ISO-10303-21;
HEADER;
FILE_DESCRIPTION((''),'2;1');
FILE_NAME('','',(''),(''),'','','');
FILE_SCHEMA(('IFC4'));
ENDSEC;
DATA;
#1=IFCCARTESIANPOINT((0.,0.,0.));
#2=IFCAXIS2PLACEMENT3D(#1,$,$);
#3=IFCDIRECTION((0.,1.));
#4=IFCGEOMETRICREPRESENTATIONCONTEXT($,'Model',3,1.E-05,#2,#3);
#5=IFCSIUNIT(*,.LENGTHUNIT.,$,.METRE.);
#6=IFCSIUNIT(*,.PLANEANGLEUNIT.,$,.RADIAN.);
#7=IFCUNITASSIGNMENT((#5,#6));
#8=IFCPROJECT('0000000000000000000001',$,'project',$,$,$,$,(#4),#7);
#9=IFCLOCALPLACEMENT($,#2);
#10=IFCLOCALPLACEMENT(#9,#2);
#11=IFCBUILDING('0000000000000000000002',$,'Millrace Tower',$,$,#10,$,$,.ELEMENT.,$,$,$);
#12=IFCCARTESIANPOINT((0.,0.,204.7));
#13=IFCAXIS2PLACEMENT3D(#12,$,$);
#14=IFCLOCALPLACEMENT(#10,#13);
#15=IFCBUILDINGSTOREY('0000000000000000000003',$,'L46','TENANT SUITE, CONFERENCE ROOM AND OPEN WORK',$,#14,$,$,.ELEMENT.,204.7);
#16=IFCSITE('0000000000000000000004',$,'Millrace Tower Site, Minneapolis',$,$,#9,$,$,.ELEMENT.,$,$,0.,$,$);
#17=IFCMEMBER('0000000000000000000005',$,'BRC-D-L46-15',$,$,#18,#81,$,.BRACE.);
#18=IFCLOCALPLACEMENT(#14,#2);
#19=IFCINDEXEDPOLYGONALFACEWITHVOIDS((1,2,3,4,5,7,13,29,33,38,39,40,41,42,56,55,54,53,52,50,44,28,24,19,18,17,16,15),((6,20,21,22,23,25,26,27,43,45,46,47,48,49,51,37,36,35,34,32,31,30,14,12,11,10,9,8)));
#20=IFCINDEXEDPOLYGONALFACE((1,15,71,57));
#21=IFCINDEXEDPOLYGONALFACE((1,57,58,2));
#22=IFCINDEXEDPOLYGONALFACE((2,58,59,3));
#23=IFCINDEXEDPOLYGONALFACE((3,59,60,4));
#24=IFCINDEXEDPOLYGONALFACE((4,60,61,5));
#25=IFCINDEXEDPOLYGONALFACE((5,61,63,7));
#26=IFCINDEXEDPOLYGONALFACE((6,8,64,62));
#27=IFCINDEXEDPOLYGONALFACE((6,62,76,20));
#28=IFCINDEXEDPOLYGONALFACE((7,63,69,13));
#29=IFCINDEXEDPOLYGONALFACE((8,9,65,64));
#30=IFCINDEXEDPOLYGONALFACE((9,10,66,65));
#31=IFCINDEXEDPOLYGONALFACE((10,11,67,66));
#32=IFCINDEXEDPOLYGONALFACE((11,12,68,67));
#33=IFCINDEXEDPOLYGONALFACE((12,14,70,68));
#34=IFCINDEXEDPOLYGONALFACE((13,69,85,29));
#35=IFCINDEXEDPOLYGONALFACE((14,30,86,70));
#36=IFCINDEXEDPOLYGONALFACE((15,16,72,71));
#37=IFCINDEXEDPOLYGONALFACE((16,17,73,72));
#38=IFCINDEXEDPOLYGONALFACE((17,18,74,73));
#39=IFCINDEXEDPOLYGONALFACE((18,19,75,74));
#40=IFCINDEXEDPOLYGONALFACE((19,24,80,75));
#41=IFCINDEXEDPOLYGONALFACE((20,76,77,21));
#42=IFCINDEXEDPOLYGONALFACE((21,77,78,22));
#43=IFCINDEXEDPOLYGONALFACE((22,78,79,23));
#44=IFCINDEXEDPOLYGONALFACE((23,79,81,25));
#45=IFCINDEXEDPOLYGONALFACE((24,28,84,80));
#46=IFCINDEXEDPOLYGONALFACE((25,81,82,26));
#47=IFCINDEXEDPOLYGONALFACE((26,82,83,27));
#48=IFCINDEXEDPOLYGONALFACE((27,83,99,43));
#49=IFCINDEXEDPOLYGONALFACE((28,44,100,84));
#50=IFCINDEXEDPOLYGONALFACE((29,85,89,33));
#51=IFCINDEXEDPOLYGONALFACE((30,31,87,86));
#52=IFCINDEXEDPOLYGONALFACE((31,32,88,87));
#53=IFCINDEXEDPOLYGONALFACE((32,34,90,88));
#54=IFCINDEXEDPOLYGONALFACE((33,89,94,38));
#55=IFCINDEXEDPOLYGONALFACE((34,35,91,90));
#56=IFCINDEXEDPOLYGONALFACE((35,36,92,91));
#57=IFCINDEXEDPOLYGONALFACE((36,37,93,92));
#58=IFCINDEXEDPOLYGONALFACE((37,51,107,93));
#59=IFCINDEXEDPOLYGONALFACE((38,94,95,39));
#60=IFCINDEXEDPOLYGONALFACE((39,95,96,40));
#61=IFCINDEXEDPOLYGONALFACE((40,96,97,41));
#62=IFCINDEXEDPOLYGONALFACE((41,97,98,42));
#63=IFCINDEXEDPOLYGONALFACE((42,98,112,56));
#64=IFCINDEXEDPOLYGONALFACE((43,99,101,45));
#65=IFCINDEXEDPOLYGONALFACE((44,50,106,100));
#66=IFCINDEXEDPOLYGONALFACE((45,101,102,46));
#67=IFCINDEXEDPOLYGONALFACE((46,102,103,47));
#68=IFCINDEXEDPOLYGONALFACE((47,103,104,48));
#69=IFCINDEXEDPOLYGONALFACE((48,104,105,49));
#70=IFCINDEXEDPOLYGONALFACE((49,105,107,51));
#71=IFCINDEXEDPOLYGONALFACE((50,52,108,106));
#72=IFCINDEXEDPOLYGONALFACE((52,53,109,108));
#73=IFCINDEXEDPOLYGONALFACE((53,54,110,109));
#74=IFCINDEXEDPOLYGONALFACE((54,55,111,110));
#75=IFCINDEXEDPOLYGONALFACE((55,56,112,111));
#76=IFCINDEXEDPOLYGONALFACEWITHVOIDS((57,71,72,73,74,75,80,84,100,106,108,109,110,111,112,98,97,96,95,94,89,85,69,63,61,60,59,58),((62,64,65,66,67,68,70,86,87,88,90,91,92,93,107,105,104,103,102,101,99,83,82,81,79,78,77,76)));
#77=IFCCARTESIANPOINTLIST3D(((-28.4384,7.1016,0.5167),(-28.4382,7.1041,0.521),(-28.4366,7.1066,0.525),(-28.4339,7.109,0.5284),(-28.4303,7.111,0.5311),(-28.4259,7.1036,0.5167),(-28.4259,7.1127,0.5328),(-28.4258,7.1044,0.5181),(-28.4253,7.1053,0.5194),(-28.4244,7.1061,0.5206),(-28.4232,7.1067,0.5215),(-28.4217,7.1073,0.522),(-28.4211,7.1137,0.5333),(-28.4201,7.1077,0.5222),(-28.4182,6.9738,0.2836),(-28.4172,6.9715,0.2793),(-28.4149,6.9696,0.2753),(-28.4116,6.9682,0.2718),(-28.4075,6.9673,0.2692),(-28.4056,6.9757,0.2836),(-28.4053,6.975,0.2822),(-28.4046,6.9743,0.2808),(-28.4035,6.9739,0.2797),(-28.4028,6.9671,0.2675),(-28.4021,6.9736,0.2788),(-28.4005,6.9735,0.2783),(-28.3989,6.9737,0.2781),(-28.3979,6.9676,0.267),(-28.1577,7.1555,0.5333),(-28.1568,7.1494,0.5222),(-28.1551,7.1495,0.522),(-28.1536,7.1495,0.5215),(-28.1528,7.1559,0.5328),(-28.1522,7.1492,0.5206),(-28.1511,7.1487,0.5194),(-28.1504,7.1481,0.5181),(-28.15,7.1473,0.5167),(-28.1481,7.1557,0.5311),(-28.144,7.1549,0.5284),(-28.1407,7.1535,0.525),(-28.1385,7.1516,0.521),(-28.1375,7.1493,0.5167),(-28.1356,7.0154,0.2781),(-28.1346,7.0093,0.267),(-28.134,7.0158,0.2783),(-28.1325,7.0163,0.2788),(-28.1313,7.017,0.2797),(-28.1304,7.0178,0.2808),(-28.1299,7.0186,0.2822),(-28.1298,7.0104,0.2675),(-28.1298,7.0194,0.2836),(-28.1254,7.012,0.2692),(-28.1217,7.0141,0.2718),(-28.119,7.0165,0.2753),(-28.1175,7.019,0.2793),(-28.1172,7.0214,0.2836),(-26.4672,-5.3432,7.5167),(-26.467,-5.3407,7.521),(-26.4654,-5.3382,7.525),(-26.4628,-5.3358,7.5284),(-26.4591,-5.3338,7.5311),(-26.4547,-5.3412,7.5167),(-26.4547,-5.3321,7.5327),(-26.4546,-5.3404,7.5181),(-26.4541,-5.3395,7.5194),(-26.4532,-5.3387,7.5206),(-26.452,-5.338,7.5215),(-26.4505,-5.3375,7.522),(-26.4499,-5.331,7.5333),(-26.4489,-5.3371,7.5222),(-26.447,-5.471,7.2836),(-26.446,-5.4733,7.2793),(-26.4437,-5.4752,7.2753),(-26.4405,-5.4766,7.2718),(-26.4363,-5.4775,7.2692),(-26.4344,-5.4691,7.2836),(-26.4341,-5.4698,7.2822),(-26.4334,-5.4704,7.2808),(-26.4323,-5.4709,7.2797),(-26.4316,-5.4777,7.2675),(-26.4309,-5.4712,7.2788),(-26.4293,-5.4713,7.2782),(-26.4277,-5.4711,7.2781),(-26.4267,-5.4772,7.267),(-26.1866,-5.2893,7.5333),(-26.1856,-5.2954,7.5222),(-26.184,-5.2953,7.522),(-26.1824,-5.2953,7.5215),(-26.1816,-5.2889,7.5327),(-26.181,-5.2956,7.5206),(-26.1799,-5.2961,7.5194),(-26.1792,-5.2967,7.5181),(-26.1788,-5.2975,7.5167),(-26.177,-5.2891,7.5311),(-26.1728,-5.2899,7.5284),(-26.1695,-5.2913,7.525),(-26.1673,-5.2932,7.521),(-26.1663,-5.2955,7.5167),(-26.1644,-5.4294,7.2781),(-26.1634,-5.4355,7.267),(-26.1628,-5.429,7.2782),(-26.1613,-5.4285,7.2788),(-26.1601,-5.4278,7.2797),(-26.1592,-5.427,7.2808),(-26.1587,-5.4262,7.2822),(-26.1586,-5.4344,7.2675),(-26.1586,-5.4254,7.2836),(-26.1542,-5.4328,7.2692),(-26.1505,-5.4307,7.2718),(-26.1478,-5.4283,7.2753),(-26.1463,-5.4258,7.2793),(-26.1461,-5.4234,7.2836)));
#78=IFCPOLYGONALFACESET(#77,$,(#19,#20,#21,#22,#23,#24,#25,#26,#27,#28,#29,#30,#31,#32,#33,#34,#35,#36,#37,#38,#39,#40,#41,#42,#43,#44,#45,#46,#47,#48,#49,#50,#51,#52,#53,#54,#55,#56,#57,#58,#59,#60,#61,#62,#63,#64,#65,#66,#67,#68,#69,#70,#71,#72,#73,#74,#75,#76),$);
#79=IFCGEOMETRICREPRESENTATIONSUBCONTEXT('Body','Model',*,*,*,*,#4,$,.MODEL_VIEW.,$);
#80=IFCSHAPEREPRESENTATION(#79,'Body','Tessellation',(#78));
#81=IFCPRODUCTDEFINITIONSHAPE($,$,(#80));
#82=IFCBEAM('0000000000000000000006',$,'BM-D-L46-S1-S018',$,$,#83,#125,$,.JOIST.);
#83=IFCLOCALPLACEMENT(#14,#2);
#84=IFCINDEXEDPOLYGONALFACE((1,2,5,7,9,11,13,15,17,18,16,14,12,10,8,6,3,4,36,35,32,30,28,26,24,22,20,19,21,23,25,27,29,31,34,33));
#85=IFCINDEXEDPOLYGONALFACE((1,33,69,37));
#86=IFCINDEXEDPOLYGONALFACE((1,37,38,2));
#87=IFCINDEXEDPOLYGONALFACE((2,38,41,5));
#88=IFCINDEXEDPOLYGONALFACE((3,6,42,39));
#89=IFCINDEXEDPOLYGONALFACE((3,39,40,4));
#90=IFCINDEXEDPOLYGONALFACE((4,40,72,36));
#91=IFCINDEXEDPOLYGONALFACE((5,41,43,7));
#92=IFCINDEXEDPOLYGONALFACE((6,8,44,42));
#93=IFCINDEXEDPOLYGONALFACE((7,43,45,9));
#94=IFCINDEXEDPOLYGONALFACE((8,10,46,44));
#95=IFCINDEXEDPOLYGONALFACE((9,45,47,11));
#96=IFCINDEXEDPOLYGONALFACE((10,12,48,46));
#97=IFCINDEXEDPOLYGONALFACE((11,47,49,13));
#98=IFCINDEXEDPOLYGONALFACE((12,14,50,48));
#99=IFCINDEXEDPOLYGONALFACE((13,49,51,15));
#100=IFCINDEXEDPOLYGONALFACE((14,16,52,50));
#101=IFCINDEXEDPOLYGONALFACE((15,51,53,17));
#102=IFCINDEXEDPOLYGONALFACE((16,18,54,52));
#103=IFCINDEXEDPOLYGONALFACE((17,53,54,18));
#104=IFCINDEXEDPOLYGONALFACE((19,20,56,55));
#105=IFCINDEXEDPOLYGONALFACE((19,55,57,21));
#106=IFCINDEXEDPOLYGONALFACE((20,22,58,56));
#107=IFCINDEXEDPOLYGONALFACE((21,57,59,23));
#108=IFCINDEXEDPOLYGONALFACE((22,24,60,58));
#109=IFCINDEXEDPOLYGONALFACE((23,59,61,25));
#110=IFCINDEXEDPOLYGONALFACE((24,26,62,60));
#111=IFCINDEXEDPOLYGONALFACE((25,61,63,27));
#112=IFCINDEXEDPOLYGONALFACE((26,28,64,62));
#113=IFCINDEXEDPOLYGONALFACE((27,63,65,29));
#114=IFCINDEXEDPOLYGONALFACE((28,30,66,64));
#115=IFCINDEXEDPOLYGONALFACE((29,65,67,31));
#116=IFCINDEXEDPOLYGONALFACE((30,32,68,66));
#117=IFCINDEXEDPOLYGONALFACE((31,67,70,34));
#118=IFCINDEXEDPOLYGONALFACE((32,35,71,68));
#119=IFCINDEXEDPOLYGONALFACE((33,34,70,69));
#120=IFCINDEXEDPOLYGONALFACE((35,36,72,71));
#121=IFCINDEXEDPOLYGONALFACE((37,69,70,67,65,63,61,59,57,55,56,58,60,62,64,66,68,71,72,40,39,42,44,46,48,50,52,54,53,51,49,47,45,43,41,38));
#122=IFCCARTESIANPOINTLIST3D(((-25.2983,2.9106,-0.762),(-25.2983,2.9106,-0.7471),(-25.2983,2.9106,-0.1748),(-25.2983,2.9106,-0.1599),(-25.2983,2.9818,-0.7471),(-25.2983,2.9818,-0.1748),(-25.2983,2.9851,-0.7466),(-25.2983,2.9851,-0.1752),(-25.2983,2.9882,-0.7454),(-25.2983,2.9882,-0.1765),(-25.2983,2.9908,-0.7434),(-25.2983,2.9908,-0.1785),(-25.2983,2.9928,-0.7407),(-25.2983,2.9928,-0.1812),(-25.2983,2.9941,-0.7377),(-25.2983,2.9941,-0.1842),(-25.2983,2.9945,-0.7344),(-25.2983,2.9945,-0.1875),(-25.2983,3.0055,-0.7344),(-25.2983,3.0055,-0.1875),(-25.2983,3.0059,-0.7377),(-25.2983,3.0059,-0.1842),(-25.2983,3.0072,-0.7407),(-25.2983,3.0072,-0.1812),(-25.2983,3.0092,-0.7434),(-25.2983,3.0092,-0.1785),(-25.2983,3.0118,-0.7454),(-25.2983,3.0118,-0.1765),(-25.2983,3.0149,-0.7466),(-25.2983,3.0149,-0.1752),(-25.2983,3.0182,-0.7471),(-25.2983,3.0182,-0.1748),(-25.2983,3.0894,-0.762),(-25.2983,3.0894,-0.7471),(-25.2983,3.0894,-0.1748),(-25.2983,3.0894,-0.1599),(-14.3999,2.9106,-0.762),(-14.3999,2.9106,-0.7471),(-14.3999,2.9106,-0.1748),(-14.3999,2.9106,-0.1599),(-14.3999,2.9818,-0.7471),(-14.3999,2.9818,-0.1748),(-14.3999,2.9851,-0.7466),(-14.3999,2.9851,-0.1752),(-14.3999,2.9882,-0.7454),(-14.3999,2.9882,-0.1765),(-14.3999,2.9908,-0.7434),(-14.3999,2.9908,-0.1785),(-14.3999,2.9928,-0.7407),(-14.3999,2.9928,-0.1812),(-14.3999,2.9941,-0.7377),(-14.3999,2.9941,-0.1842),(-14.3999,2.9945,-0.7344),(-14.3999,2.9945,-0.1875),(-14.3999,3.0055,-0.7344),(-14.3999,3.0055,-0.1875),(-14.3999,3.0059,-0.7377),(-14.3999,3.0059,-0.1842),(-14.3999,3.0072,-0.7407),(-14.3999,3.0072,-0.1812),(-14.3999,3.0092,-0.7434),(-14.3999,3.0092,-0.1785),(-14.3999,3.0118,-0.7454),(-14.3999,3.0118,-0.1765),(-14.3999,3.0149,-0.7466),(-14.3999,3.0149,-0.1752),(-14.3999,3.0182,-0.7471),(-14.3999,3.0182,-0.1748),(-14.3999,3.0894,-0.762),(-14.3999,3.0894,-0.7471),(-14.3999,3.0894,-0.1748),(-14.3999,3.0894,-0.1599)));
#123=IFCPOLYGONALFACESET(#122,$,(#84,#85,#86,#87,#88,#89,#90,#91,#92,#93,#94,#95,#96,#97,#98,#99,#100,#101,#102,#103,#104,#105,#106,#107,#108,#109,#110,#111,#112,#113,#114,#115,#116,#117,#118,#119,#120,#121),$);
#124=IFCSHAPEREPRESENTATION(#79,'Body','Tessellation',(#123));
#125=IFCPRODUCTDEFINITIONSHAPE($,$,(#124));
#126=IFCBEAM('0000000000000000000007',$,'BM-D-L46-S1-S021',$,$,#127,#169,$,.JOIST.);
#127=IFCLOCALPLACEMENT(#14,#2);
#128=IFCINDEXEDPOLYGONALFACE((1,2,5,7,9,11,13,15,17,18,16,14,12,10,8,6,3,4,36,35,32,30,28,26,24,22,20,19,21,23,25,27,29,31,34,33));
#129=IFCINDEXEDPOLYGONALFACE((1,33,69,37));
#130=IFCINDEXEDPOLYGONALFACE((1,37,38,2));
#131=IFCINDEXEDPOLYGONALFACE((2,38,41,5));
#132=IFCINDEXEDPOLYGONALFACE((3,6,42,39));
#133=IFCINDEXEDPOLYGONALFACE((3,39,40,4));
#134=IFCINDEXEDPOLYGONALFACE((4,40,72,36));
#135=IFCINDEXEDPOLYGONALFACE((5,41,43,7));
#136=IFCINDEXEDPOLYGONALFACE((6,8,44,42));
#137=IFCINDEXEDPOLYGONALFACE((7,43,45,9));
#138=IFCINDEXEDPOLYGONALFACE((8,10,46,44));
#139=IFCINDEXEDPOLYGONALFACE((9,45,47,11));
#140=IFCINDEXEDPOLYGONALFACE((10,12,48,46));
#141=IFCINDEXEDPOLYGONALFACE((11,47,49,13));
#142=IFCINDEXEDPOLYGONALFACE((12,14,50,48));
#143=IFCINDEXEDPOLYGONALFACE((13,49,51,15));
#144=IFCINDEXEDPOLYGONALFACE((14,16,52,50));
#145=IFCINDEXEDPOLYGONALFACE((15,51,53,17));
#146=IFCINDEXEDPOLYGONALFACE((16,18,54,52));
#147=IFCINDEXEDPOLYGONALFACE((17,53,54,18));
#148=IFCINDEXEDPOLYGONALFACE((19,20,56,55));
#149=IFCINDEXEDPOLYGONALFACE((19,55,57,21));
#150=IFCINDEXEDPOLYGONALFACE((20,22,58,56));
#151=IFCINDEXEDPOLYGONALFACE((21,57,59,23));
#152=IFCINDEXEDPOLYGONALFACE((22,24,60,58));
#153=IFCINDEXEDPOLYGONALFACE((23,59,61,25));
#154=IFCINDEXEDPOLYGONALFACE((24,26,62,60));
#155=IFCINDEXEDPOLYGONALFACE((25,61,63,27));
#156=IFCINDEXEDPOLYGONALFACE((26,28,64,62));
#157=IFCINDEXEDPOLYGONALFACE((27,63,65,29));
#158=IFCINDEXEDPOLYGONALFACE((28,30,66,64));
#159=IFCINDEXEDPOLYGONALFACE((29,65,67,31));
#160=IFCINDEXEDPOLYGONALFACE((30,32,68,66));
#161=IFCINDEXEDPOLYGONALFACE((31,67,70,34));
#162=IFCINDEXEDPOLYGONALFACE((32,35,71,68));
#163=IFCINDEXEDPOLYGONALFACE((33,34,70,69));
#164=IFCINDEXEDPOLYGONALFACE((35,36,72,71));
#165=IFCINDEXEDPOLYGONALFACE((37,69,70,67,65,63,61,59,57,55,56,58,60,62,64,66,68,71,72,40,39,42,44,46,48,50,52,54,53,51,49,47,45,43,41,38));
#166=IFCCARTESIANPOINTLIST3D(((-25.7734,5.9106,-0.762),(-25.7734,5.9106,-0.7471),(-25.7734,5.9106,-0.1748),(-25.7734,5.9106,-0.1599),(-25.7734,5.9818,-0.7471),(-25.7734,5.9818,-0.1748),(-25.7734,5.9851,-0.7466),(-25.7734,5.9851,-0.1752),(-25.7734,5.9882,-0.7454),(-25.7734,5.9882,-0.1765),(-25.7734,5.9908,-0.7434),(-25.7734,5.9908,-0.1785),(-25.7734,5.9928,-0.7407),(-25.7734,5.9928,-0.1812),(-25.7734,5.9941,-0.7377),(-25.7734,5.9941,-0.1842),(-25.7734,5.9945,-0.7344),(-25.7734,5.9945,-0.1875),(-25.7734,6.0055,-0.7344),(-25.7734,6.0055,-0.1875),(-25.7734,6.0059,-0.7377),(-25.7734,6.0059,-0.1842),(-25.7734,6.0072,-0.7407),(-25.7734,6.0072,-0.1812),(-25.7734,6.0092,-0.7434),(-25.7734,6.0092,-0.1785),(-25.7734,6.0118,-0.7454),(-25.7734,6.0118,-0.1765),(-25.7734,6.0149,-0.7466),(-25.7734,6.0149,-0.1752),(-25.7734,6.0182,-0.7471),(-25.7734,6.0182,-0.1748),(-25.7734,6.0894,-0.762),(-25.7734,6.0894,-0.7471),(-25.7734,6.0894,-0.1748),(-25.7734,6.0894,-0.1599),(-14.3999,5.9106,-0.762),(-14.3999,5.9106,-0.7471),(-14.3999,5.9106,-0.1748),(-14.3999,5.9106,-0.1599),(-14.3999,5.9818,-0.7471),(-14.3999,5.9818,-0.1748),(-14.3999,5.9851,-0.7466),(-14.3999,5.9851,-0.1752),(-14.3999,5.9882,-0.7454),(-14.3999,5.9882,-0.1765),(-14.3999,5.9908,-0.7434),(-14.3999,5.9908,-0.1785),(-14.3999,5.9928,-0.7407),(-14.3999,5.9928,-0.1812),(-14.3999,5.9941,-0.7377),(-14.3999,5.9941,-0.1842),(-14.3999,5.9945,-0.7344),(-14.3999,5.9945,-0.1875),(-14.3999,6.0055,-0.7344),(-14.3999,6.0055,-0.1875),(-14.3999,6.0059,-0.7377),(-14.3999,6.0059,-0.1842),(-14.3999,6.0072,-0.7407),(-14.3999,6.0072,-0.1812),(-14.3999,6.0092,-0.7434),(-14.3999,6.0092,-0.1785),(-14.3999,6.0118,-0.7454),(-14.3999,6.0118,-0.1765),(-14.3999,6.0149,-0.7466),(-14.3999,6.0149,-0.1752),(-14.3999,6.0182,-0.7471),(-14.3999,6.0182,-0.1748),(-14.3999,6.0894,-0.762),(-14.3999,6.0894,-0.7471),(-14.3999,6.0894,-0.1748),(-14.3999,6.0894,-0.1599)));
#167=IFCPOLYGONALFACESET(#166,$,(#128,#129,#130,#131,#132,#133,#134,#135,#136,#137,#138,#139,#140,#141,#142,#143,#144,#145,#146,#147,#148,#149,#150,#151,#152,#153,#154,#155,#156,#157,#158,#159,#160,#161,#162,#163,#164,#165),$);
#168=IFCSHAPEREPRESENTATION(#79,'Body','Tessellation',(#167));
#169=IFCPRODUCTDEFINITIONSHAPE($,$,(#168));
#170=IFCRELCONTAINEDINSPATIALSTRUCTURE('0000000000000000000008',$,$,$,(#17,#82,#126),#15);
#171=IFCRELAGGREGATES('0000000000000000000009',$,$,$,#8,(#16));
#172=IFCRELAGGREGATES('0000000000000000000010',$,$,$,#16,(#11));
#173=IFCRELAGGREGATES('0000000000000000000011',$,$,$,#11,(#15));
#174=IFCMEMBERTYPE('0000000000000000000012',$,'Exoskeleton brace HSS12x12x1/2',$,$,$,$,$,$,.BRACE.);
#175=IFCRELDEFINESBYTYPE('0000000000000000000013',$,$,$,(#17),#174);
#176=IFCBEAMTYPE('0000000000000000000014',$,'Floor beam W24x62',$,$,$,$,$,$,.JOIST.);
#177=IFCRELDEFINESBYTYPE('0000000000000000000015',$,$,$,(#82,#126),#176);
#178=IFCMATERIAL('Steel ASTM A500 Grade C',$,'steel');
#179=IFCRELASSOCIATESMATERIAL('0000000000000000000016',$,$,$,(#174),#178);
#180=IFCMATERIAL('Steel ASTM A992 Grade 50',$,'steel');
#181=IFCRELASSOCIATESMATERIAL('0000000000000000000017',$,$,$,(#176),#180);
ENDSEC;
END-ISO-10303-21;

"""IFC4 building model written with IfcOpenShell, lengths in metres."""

from ifc_helpers import new_model, si_unit, direction, frame, origin, origin_2d, place, context, subcontext, project, spatial, hollow_rectangle, i_section, extrude, material, material_profile, profile_set, type_object, element, save


model = new_model("IFC4")

# Units and contexts
model_context = context("Model", 3, precision=1e-05, world=origin(), true_north=direction((0.0, 1.0)))
body_context = subcontext(model_context, "Body", "Model", "MODEL_VIEW")
ifc_project = project(units=[si_unit("LENGTHUNIT", "METRE"), si_unit("PLANEANGLEUNIT", "RADIAN")], contexts=[model_context])

# Site, building, storey
site_placement = place(None, origin())
site = spatial("IfcSite", under=ifc_project, at=site_placement, Name="Millrace Tower Site, Minneapolis", CompositionType="ELEMENT", RefElevation=0.0)
building_placement = place(site_placement, origin())
building = spatial("IfcBuilding", under=site, at=building_placement, Name="Millrace Tower", CompositionType="ELEMENT")
storey_placement = place(building_placement, frame((0.0, 0.0, 204.7)))
storey = spatial("IfcBuildingStorey", under=building, at=storey_placement, Name="L46", Description="TENANT SUITE, CONFERENCE ROOM AND OPEN WORK", CompositionType="ELEMENT", Elevation=204.7)

# Member
ifc_material_1 = material(Name="Steel ASTM A500 Grade C", Category="steel")
ifc_material_profile_1 = material_profile(ifc_material_1, hollow_rectangle(XDim=0.3047, YDim=0.3047, WallThickness=0.0127, InnerFilletRadius=0.0063, OuterFilletRadius=0.019, at=origin_2d()))
ifc_profile_set_1 = profile_set([ifc_material_profile_1], Name="Steel ASTM A500 Grade C")
member_type_1 = type_object("IfcMemberType", Name="Exoskeleton brace HSS12x12x1/2", PredefinedType="BRACE", material=ifc_profile_set_1)
member_1_placement = place(storey_placement, frame((-28.2778, 7.0615, 0.4001), z_axis=(0.136757, -0.863393, 0.485644), x_axis=(0.987687, 0.156444, 0.0)))
element("IfcMember", 1, at=member_1_placement, inside=storey, type_object=member_type_1, Name="BRC-D-L46-15", PredefinedType="BRACE", context=body_context, shape_type="SweptSolid", body=[
    extrude(hollow_rectangle(XDim=0.3047, YDim=0.3047, WallThickness=0.0127, InnerFilletRadius=0.0063, OuterFilletRadius=0.019, at=origin_2d()), origin(), (0.0, 0.0, 1.0), 14.4138),
])

# Beams
ifc_material_2 = material(Name="Steel ASTM A992 Grade 50", Category="steel")
ifc_material_profile_2 = material_profile(ifc_material_2, i_section(OverallWidth=0.1787, OverallDepth=0.6021, WebThickness=0.011, FlangeThickness=0.0149, FilletRadius=0.0127, at=origin_2d()))
ifc_profile_set_2 = profile_set([ifc_material_profile_2], Name="Steel ASTM A992 Grade 50")
beam_type_1 = type_object("IfcBeamType", Name="Floor beam W24x62", PredefinedType="JOIST", material=ifc_profile_set_2)
beam_1_placement = place(storey_placement, frame((-25.2983, 3.0, -0.4609), z_axis=(1.0, 0.0, 0.0), x_axis=(0.0, 1.0, 0.0)))
element("IfcBeam", 2, at=beam_1_placement, inside=storey, type_object=beam_type_1, Name="BM-D-L46-S1-S018", PredefinedType="JOIST", context=body_context, shape_type="SweptSolid", body=[
    extrude(i_section(OverallWidth=0.1787, OverallDepth=0.6021, WebThickness=0.011, FlangeThickness=0.0149, FilletRadius=0.0127, at=origin_2d()), origin(), (0.0, 0.0, 1.0), 10.8984),
])
beam_2_placement = place(storey_placement, frame((-25.7734, 6.0, -0.4609), z_axis=(1.0, 0.0, 0.0), x_axis=(0.0, 1.0, 0.0)))
element("IfcBeam", 3, at=beam_2_placement, inside=storey, type_object=beam_type_1, Name="BM-D-L46-S1-S021", PredefinedType="JOIST", context=body_context, shape_type="SweptSolid", body=[
    extrude(i_section(OverallWidth=0.1787, OverallDepth=0.6021, WebThickness=0.011, FlangeThickness=0.0149, FilletRadius=0.0127, at=origin_2d()), origin(), (0.0, 0.0, 1.0), 11.3735),
])

save(model, "model.ifc")
